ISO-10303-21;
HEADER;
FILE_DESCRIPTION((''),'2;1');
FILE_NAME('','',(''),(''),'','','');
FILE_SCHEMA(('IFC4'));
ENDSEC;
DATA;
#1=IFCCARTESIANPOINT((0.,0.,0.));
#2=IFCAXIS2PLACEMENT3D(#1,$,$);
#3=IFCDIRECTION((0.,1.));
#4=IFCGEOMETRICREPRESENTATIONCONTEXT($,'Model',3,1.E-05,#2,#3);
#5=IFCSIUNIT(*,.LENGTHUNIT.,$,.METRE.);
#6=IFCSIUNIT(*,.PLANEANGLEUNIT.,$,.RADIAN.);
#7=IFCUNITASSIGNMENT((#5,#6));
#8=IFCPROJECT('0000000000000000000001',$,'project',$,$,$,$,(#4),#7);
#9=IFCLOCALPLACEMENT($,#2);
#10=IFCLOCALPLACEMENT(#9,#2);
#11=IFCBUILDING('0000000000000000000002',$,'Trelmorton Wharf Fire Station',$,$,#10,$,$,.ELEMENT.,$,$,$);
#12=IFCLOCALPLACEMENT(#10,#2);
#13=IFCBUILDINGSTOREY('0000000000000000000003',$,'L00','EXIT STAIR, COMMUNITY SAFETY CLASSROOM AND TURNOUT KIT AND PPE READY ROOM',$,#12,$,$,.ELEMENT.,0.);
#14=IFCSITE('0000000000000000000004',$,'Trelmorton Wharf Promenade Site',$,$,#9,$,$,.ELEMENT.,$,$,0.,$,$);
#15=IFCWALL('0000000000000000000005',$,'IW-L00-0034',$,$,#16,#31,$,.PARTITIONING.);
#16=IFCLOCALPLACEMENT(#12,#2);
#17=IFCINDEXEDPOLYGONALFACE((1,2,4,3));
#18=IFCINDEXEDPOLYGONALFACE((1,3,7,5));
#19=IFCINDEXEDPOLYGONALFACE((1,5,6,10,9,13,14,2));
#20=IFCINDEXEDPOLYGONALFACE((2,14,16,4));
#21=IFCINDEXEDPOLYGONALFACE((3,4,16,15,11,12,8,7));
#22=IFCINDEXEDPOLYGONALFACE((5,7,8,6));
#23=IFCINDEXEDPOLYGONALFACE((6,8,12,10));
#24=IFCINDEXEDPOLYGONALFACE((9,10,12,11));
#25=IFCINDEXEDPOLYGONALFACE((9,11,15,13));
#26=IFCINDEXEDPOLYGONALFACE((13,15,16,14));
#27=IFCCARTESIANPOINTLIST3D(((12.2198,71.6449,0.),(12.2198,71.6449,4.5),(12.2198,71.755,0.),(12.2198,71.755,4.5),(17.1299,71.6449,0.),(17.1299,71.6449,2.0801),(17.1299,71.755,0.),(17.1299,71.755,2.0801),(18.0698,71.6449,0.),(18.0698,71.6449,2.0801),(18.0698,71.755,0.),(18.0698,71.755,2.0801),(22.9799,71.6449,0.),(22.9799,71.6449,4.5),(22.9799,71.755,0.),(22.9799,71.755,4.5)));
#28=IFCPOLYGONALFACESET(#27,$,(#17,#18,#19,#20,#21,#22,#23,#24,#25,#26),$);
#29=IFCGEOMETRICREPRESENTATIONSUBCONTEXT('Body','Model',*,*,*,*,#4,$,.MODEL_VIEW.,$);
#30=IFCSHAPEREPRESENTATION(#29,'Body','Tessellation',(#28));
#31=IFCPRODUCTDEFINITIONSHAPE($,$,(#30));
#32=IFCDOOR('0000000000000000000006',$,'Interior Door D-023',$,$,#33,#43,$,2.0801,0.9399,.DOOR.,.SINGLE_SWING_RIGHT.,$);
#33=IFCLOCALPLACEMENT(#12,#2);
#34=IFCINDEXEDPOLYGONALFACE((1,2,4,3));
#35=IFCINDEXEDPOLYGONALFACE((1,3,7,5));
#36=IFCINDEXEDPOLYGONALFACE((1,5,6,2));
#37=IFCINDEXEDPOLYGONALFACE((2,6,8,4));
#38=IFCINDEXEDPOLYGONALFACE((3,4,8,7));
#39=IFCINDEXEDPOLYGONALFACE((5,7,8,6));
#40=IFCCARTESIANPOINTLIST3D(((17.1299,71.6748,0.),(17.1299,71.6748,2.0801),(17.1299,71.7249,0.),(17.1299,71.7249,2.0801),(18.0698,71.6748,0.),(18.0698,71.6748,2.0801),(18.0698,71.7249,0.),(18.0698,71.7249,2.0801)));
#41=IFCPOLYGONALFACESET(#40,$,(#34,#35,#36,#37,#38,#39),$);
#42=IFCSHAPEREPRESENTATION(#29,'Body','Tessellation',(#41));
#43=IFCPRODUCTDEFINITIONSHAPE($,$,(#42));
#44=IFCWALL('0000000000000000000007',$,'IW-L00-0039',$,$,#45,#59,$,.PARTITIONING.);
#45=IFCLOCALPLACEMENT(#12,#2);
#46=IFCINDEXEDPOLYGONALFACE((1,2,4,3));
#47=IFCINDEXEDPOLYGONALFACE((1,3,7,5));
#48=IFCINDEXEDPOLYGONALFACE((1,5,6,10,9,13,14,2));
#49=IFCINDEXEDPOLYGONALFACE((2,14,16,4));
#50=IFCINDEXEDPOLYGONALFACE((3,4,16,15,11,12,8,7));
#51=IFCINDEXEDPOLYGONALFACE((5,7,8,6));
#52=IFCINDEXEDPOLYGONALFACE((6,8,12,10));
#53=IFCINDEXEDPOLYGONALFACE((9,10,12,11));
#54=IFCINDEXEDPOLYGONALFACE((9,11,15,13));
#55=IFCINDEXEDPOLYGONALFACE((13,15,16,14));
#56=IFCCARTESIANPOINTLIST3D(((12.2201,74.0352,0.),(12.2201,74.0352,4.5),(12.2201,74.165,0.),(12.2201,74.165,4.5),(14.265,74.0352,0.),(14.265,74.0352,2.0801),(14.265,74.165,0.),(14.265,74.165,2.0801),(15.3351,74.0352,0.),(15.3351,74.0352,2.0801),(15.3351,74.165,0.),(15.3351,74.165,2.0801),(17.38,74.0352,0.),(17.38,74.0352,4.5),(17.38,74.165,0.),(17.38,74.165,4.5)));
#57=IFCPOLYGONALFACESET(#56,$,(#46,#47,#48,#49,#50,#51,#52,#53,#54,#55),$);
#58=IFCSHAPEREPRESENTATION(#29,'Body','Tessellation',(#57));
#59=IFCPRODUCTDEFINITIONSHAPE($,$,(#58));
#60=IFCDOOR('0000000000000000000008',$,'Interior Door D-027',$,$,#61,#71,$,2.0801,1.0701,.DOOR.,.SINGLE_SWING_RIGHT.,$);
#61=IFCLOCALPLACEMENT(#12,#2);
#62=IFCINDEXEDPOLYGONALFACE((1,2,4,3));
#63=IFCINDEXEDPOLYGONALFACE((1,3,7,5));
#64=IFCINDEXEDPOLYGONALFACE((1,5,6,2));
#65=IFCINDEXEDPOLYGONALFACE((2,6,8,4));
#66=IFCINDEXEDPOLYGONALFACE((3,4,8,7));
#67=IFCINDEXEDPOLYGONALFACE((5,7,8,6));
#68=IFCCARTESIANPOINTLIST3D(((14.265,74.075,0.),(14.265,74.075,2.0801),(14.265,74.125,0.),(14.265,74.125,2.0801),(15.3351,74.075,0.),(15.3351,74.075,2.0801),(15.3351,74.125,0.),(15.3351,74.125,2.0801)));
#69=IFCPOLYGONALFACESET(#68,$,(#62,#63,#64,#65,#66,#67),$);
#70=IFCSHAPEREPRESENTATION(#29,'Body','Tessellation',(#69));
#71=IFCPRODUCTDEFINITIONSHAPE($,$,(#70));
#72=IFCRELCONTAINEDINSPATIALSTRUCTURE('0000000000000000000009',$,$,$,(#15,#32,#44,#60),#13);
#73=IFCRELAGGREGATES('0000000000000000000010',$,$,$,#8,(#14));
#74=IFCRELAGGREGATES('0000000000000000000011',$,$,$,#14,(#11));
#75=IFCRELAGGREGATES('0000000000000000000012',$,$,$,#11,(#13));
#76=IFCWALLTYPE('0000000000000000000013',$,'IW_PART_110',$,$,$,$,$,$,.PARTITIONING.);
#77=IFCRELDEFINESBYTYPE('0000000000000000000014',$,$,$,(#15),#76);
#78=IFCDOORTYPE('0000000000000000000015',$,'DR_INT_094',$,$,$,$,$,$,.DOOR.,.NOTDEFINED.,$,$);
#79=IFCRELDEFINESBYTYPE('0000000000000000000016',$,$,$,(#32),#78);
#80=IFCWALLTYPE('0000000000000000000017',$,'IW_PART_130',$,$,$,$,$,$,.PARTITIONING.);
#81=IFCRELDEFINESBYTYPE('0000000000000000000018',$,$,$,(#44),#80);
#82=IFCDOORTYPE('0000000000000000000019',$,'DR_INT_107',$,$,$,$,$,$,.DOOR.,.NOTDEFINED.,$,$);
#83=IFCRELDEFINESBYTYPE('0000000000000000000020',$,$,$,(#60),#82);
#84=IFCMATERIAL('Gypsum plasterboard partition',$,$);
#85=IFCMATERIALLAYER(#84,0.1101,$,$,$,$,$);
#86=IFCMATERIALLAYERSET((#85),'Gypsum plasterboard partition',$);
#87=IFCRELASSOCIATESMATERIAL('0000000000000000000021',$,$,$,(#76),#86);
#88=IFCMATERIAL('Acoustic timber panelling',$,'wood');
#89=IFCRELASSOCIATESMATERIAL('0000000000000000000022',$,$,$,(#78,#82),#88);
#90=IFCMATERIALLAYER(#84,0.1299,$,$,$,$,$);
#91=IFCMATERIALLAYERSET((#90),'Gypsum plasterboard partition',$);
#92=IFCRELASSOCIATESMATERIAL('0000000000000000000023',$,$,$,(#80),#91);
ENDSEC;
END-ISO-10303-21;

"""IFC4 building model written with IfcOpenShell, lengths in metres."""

from ifc_helpers import new_model, si_unit, direction, frame, frame_2d, origin, place, context, subcontext, project, spatial, rectangle, extrude, material, layer, layer_set, type_object, element, fill, save


model = new_model("IFC4")

# Units and contexts
model_context = context("Model", 3, precision=1e-05, world=origin(), true_north=direction((0.0, 1.0)))
body_context = subcontext(model_context, "Body", "Model", "MODEL_VIEW")
ifc_project = project(units=[si_unit("LENGTHUNIT", "METRE"), si_unit("PLANEANGLEUNIT", "RADIAN")], contexts=[model_context])

# Site, building, storey
site_placement = place(None, origin())
site = spatial("IfcSite", under=ifc_project, at=site_placement, Name="Trelmorton Wharf Promenade Site", CompositionType="ELEMENT", RefElevation=0.0)
building_placement = place(site_placement, origin())
building = spatial("IfcBuilding", under=site, at=building_placement, Name="Trelmorton Wharf Fire Station", CompositionType="ELEMENT")
storey_placement = place(building_placement, origin())
storey = spatial("IfcBuildingStorey", under=building, at=storey_placement, Name="L00", Description="EXIT STAIR, COMMUNITY SAFETY CLASSROOM AND TURNOUT KIT AND PPE READY ROOM", CompositionType="ELEMENT", Elevation=0.0)

# Walls, openings, doors
ifc_material_1 = material(Name="Gypsum plasterboard partition")
ifc_layer_1 = layer(ifc_material_1, 0.1101)
ifc_layer_set_1 = layer_set([ifc_layer_1], Name="Gypsum plasterboard partition")
wall_type_1 = type_object("IfcWallType", Name="IW_PART_110", PredefinedType="PARTITIONING", material=ifc_layer_set_1)
wall_1_placement = place(storey_placement, frame((12.22, 71.7, 0.0), z_axis=(0.0, 0.0, 1.0), x_axis=(1.0, 0.0, 0.0)))
wall_1 = element("IfcWall", 1, at=wall_1_placement, inside=storey, type_object=wall_type_1, Name="IW-L00-0034", PredefinedType="PARTITIONING", context=body_context, shape_type="SweptSolid", body=[
    extrude(rectangle(XDim=10.76, YDim=0.1101, at=frame_2d((5.3799, 0.0))), origin(), (0.0, 0.0, 1.0), 4.5),
])
opening_1_placement = place(wall_1_placement, frame((4.9099, 0.0, 0.0)))
opening_1 = element("IfcOpeningElement", 2, at=opening_1_placement, cuts=wall_1, PredefinedType="OPENING", context=body_context, shape_type="SweptSolid", body=[
    extrude(rectangle(XDim=0.9399, YDim=2.0801, at=frame_2d((0.47, 1.04))), frame((0.0, 0.0649, 0.0), z_axis=(0.0, -1.0, 0.0), x_axis=(1.0, 0.0, 0.0)), (0.0, 0.0, 1.0), 0.1301),
])
ifc_material_2 = material(Name="Acoustic timber panelling", Category="wood")
door_type_1 = type_object("IfcDoorType", Name="DR_INT_094", OperationType="NOTDEFINED", PredefinedType="DOOR", material=ifc_material_2)
door_1_placement = place(opening_1_placement, origin())
door_1 = element("IfcDoor", 3, at=door_1_placement, inside=storey, type_object=door_type_1, Name="Interior Door D-023", OperationType="SINGLE_SWING_RIGHT", OverallHeight=2.0801, OverallWidth=0.9399, PredefinedType="DOOR", context=body_context, shape_type="SweptSolid", body=[
    extrude(rectangle(XDim=0.9399, YDim=2.0801, at=frame_2d((0.47, 1.04))), frame((0.0, 0.0249, 0.0), z_axis=(0.0, -1.0, 0.0), x_axis=(1.0, 0.0, 0.0)), (0.0, 0.0, 1.0), 0.05),
])
fill(opening_1, door_1)
ifc_layer_2 = layer(ifc_material_1, 0.1299)
ifc_layer_set_2 = layer_set([ifc_layer_2], Name="Gypsum plasterboard partition")
wall_type_2 = type_object("IfcWallType", Name="IW_PART_130", PredefinedType="PARTITIONING", material=ifc_layer_set_2)
wall_2_placement = place(storey_placement, frame((12.22, 74.1001, 0.0), z_axis=(0.0, 0.0, 1.0), x_axis=(1.0, 0.0, 0.0)))
wall_2 = element("IfcWall", 4, at=wall_2_placement, inside=storey, type_object=wall_type_2, Name="IW-L00-0039", PredefinedType="PARTITIONING", context=body_context, shape_type="SweptSolid", body=[
    extrude(rectangle(XDim=5.1599, YDim=0.1299, at=frame_2d((2.5801, 0.0))), origin(), (0.0, 0.0, 1.0), 4.5),
])
opening_2_placement = place(wall_2_placement, frame((2.0449, 0.0, 0.0)))
opening_2 = element("IfcOpeningElement", 5, at=opening_2_placement, cuts=wall_2, PredefinedType="OPENING", context=body_context, shape_type="SweptSolid", body=[
    extrude(rectangle(XDim=1.0701, YDim=2.0801, at=frame_2d((0.5352, 1.04))), frame((0.0, 0.075, 0.0), z_axis=(0.0, -1.0, 0.0), x_axis=(1.0, 0.0, 0.0)), (0.0, 0.0, 1.0), 0.1499),
])
door_type_2 = type_object("IfcDoorType", Name="DR_INT_107", OperationType="NOTDEFINED", PredefinedType="DOOR", material=ifc_material_2)
door_2_placement = place(opening_2_placement, origin())
door_2 = element("IfcDoor", 6, at=door_2_placement, inside=storey, type_object=door_type_2, Name="Interior Door D-027", OperationType="SINGLE_SWING_RIGHT", OverallHeight=2.0801, OverallWidth=1.0701, PredefinedType="DOOR", context=body_context, shape_type="SweptSolid", body=[
    extrude(rectangle(XDim=1.0701, YDim=2.0801, at=frame_2d((0.5352, 1.04))), frame((0.0, 0.0249, 0.0), z_axis=(0.0, -1.0, 0.0), x_axis=(1.0, 0.0, 0.0)), (0.0, 0.0, 1.0), 0.05),
])
fill(opening_2, door_2)

save(model, "model.ifc")
